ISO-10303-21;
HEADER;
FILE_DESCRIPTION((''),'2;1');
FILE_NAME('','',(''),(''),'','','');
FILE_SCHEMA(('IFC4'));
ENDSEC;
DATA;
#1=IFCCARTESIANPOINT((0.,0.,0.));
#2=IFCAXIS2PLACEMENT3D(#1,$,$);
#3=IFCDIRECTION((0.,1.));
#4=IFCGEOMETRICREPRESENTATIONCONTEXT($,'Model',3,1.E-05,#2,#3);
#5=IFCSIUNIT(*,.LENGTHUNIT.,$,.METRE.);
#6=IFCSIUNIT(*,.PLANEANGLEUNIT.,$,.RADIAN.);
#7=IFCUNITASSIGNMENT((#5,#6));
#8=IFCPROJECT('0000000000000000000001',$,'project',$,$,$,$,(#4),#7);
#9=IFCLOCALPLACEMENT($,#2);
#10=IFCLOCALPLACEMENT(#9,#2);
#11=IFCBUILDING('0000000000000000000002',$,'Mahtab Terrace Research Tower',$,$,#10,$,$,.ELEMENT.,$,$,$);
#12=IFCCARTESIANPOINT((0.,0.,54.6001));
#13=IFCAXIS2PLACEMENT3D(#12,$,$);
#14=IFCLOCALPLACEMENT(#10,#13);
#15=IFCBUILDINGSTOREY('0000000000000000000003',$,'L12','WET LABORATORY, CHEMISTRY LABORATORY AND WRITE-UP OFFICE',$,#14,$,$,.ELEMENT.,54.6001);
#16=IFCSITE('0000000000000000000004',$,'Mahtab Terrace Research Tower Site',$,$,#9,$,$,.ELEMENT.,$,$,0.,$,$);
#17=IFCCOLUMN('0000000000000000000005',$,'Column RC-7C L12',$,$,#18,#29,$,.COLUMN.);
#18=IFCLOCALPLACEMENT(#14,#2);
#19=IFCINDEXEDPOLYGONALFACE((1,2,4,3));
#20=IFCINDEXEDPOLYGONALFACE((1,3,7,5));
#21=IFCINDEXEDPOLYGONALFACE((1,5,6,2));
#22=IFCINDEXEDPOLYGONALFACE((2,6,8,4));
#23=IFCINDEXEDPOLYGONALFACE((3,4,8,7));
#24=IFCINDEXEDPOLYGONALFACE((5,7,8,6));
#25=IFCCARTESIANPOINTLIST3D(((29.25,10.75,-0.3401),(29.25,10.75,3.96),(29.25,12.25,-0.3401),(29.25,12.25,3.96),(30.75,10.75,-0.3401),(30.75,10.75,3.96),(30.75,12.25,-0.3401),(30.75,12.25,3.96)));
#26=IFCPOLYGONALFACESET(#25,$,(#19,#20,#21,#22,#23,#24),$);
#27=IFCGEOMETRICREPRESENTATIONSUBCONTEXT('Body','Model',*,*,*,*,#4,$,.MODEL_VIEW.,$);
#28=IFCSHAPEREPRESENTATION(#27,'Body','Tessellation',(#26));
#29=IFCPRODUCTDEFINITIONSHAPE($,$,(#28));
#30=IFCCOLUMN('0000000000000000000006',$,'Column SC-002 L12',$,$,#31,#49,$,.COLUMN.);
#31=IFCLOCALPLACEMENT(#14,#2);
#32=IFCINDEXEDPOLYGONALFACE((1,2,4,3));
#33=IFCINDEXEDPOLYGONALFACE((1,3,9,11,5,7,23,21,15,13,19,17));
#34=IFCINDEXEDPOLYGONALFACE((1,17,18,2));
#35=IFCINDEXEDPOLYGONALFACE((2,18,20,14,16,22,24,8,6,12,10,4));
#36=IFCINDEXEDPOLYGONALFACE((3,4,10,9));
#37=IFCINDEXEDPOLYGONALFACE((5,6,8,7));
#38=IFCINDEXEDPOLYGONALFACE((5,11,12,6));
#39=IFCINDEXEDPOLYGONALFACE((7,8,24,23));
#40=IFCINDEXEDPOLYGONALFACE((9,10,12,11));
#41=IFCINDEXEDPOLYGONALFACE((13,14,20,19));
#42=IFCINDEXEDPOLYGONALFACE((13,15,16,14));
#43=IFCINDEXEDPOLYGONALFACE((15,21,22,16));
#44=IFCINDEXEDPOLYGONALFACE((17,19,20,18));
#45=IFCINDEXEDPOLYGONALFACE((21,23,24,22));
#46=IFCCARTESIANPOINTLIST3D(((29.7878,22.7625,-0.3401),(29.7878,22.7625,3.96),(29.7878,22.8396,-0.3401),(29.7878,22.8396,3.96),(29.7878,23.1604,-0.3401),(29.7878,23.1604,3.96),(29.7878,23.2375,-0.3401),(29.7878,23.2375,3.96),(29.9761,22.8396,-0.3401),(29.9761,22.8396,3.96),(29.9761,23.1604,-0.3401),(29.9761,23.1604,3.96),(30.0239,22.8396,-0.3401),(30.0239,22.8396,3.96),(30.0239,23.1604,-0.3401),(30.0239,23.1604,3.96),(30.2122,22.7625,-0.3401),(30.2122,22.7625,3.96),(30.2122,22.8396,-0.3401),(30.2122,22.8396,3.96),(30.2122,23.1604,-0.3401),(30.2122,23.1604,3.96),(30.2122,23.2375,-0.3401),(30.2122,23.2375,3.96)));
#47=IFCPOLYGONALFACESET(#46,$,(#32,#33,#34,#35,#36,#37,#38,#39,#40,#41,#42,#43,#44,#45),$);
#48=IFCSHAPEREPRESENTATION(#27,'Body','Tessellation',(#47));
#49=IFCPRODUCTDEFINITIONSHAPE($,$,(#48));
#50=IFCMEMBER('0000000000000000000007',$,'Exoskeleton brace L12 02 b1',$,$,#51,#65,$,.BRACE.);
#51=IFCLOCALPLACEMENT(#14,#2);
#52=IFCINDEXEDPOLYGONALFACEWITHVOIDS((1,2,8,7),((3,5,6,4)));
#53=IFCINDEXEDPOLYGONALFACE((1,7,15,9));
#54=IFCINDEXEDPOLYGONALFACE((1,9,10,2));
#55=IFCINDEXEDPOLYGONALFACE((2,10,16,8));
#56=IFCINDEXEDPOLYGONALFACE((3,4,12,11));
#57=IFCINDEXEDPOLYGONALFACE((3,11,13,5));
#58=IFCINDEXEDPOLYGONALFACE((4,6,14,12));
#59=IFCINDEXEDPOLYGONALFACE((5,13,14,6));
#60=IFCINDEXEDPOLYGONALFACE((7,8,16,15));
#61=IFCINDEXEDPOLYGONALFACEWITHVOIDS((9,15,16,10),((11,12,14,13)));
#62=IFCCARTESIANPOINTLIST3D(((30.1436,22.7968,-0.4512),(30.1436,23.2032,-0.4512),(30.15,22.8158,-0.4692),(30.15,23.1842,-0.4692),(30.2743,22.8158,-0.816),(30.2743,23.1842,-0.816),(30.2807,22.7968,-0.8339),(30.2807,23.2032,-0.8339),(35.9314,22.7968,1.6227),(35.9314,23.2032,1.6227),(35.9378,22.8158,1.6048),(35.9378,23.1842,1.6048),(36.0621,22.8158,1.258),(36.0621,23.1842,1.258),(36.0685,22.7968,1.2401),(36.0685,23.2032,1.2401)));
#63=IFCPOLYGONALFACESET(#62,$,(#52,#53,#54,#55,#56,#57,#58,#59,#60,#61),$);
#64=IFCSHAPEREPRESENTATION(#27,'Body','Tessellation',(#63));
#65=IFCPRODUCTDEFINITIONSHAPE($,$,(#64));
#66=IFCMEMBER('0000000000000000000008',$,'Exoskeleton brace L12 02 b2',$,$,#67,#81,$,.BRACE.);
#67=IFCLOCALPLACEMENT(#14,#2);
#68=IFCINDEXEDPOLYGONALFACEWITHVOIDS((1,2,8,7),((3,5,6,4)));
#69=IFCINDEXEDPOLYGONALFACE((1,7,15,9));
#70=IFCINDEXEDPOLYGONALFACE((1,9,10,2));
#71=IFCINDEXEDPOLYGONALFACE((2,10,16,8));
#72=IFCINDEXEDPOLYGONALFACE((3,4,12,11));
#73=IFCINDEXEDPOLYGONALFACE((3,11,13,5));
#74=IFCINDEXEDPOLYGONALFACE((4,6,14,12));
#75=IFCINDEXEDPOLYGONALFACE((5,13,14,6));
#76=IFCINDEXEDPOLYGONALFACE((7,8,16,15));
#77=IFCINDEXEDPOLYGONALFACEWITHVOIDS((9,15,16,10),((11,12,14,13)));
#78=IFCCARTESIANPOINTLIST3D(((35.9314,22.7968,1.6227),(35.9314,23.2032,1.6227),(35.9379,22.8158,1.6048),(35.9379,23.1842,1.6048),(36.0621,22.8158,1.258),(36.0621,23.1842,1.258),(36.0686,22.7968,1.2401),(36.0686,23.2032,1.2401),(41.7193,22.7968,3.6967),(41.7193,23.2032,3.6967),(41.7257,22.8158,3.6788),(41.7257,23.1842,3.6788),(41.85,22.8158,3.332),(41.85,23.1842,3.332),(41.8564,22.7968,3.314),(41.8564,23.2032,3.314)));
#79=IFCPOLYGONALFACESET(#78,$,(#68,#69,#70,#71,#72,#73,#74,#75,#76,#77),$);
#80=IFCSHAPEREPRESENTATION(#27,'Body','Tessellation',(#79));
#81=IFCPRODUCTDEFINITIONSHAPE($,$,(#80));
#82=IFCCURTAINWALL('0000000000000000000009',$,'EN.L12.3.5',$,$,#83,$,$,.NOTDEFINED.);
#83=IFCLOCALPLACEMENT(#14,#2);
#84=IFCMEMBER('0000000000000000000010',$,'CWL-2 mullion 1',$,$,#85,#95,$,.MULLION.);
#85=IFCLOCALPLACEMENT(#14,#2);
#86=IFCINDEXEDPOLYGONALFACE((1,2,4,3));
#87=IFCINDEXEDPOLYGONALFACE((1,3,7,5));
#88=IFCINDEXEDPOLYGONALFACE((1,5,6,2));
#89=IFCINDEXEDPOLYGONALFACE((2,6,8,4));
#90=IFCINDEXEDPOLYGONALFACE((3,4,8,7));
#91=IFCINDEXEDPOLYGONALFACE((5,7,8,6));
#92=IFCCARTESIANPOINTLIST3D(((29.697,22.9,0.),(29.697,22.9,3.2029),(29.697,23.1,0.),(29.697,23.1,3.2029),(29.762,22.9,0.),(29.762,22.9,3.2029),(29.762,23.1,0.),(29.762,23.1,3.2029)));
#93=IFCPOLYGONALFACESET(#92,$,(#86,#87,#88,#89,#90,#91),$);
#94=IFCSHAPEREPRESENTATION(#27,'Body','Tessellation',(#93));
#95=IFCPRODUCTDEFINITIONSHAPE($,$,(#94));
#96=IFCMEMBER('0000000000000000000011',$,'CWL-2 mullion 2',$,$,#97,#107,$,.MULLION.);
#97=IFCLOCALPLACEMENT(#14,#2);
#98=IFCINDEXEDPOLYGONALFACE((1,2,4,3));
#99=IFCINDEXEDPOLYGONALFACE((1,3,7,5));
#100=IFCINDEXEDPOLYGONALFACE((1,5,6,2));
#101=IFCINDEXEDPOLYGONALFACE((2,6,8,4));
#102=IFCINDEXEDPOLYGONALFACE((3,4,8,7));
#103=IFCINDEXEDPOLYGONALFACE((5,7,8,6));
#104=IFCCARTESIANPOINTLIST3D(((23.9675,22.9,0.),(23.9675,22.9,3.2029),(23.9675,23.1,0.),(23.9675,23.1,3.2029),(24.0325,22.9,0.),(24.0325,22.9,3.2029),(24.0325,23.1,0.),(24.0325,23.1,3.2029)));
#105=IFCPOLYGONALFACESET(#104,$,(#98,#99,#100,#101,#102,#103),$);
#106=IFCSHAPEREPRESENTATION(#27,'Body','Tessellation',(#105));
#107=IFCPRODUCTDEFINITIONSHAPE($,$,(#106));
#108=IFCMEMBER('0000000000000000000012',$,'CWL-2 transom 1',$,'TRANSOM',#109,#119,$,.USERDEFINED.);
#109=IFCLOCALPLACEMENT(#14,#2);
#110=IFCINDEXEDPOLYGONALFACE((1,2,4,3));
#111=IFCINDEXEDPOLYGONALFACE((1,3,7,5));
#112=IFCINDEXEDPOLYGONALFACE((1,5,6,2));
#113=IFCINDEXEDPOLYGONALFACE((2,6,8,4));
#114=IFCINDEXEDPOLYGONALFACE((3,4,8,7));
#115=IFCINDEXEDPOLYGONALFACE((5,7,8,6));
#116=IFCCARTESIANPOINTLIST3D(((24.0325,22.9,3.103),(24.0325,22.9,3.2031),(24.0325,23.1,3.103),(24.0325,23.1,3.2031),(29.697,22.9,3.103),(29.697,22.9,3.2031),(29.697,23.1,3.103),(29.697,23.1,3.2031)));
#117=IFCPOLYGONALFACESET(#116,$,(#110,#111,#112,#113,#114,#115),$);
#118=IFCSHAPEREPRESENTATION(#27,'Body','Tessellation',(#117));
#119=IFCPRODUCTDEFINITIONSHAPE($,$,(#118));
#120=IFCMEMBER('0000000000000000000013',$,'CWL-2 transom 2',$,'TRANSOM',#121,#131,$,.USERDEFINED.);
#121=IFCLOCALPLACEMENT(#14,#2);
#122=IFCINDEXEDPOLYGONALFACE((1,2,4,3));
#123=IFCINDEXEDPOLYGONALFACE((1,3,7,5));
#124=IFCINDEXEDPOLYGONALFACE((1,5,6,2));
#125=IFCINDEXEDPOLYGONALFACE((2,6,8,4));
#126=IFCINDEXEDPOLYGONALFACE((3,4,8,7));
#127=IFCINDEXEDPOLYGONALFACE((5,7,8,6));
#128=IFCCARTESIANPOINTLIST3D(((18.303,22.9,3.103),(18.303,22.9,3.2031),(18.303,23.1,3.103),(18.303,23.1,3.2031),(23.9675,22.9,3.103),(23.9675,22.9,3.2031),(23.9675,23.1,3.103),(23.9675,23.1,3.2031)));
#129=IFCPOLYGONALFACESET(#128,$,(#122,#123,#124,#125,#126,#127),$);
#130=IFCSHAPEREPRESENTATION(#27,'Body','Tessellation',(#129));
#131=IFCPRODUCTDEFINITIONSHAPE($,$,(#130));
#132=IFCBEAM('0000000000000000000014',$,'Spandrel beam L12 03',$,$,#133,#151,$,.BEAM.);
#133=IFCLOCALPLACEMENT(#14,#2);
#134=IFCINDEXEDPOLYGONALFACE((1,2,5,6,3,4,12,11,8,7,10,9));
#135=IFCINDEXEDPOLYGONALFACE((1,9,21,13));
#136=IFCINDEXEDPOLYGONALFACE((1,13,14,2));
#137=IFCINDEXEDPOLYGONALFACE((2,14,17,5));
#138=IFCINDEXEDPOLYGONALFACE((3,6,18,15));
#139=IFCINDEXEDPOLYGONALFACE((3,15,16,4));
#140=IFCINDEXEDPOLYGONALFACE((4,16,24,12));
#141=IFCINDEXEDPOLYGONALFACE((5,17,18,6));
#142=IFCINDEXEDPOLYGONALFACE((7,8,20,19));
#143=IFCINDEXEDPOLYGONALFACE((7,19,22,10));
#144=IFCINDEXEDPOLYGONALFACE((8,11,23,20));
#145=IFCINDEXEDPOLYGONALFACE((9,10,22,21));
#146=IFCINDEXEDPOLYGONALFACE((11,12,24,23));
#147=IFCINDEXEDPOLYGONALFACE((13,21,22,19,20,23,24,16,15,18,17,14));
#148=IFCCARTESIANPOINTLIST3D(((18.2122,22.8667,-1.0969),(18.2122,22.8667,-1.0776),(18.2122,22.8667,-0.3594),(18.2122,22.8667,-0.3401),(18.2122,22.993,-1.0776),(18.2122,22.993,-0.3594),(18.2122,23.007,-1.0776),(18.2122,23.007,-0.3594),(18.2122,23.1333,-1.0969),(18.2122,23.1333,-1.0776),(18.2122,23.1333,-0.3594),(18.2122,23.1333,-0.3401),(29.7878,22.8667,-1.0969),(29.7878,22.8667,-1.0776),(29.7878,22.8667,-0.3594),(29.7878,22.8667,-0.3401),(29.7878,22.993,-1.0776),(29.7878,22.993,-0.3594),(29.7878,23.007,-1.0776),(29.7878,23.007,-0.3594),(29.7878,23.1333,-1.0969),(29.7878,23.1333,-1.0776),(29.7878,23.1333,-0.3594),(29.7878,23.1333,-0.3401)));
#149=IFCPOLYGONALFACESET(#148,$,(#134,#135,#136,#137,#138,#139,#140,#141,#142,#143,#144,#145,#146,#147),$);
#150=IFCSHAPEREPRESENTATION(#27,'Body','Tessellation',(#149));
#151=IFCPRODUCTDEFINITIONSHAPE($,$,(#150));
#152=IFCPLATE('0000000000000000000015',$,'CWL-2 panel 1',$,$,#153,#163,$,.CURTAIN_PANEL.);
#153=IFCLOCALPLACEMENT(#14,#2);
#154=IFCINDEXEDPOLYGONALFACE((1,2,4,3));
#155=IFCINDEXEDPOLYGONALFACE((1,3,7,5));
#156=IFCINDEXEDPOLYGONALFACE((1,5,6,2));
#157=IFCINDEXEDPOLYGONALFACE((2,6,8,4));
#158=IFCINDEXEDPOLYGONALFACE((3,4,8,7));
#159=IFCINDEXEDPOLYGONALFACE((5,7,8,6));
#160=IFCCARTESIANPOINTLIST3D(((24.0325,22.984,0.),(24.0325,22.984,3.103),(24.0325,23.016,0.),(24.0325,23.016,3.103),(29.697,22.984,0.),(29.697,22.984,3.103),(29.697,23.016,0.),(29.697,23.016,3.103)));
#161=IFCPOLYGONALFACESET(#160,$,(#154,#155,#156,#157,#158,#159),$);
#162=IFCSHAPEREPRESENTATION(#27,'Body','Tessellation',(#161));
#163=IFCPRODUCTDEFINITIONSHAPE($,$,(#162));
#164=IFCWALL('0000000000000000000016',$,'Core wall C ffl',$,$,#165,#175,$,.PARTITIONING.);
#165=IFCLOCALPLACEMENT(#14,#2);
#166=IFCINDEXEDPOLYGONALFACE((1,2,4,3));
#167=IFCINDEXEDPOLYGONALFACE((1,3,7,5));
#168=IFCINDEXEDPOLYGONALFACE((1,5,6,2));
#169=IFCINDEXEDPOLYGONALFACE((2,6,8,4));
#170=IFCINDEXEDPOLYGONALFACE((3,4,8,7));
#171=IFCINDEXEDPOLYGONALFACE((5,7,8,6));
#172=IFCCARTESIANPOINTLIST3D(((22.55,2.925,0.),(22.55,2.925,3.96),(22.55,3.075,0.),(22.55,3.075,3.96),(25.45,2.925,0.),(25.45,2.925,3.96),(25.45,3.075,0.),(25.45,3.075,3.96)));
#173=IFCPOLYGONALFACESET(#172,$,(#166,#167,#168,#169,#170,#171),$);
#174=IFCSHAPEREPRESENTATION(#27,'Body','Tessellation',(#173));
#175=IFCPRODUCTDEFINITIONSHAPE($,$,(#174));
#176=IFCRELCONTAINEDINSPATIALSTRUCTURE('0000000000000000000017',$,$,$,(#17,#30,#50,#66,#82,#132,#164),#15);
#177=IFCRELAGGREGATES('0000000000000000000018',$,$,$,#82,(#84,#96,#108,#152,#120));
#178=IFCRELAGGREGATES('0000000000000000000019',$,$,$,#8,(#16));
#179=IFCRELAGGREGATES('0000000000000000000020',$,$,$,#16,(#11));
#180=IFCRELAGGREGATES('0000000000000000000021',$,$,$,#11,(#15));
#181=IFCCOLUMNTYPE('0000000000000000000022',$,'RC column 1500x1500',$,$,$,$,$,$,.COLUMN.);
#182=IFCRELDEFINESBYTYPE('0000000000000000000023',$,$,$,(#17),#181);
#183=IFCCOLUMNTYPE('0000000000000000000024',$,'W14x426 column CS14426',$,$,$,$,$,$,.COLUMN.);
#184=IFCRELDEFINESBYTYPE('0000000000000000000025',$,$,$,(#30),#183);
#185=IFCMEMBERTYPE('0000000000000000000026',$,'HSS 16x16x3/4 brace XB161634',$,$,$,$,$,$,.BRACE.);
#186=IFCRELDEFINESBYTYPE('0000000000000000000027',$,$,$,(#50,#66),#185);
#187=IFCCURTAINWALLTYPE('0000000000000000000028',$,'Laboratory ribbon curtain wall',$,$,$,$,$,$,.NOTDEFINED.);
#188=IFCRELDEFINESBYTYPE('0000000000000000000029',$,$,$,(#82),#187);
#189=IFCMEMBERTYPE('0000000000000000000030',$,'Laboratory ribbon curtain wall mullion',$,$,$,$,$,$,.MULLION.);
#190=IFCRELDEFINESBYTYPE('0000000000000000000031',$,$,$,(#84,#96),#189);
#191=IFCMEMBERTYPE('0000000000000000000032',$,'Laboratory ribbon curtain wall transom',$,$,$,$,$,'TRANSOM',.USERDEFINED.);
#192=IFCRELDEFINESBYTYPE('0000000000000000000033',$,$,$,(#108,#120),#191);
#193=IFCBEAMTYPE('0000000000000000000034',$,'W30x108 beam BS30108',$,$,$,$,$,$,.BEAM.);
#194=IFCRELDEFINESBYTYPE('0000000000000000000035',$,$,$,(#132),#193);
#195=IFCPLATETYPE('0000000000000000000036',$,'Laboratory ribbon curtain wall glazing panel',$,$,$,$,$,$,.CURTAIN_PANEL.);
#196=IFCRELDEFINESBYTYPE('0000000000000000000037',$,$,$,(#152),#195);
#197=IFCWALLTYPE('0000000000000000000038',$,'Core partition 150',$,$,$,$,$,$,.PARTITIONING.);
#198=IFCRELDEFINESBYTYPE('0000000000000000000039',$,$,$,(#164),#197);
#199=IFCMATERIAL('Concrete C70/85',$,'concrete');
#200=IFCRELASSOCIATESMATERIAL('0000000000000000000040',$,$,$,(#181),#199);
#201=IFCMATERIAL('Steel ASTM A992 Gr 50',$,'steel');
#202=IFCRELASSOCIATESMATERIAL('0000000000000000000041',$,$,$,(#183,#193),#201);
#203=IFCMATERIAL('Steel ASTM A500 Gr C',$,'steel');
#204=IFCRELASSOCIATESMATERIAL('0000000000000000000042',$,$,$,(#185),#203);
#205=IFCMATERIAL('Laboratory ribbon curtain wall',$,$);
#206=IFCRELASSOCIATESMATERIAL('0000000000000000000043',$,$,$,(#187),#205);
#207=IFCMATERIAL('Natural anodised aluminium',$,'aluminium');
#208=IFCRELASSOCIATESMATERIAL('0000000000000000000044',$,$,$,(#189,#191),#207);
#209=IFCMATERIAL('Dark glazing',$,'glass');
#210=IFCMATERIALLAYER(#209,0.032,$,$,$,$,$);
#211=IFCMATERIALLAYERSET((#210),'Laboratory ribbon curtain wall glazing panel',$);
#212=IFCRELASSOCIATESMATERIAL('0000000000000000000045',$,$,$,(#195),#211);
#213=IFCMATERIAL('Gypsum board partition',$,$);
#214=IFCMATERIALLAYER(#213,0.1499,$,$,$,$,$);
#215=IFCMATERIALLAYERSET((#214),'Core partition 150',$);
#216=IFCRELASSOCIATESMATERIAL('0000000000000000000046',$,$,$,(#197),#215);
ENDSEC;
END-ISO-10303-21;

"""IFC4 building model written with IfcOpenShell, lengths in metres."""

from ifc_helpers import new_model, si_unit, direction, frame, frame_2d, origin, origin_2d, place, context, subcontext, project, spatial, rectangle, hollow_rectangle, i_section, extrude, material, layer, layer_set, material_profile, profile_set, type_object, element, aggregate, save


model = new_model("IFC4")

# Units and contexts
model_context = context("Model", 3, precision=1e-05, world=origin(), true_north=direction((0.0, 1.0)))
body_context = subcontext(model_context, "Body", "Model", "MODEL_VIEW")
ifc_project = project(units=[si_unit("LENGTHUNIT", "METRE"), si_unit("PLANEANGLEUNIT", "RADIAN")], contexts=[model_context])

# Site, building, storey
site_placement = place(None, origin())
site = spatial("IfcSite", under=ifc_project, at=site_placement, Name="Mahtab Terrace Research Tower Site", CompositionType="ELEMENT", RefElevation=0.0)
building_placement = place(site_placement, origin())
building = spatial("IfcBuilding", under=site, at=building_placement, Name="Mahtab Terrace Research Tower", CompositionType="ELEMENT")
storey_placement = place(building_placement, frame((0.0, 0.0, 54.6001)))
storey = spatial("IfcBuildingStorey", under=building, at=storey_placement, Name="L12", Description="WET LABORATORY, CHEMISTRY LABORATORY AND WRITE-UP OFFICE", CompositionType="ELEMENT", Elevation=54.6001)

# Columns
ifc_material_1 = material(Name="Concrete C70/85", Category="concrete")
ifc_material_profile_1 = material_profile(ifc_material_1, rectangle(XDim=1.5, YDim=1.5, at=origin_2d()), Name="RC column 1500x1500")
ifc_profile_set_1 = profile_set([ifc_material_profile_1], Name="Concrete C70/85")
column_type_1 = type_object("IfcColumnType", Name="RC column 1500x1500", PredefinedType="COLUMN", material=ifc_profile_set_1)
column_1_placement = place(storey_placement, frame((30.0, 11.5, -0.3401), z_axis=(0.0, 0.0, 1.0), x_axis=(1.0, 0.0, 0.0)))
element("IfcColumn", 1, at=column_1_placement, inside=storey, type_object=column_type_1, Name="Column RC-7C L12", PredefinedType="COLUMN", context=body_context, shape_type="SweptSolid", body=[
    extrude(rectangle(XDim=1.5, YDim=1.5, at=origin_2d()), origin(), (0.0, 0.0, 1.0), 4.3),
])
ifc_material_2 = material(Name="Steel ASTM A992 Gr 50", Category="steel")
ifc_material_profile_2 = material_profile(ifc_material_2, i_section(OverallWidth=0.4243, OverallDepth=0.4751, WebThickness=0.0479, FlangeThickness=0.0771, at=origin_2d()), Name="W14X426")
ifc_profile_set_2 = profile_set([ifc_material_profile_2], Name="Steel ASTM A992 Gr 50")
column_type_2 = type_object("IfcColumnType", Name="W14x426 column CS14426", PredefinedType="COLUMN", material=ifc_profile_set_2)
column_2_placement = place(storey_placement, frame((30.0, 23.0, -0.3401), z_axis=(0.0, 0.0, 1.0), x_axis=(1.0, 0.0, 0.0)))
element("IfcColumn", 2, at=column_2_placement, inside=storey, type_object=column_type_2, Name="Column SC-002 L12", PredefinedType="COLUMN", context=body_context, shape_type="SweptSolid", body=[
    extrude(i_section(OverallWidth=0.4243, OverallDepth=0.4751, WebThickness=0.0479, FlangeThickness=0.0771, at=origin_2d()), origin(), (0.0, 0.0, 1.0), 4.3),
])

# Members
ifc_material_3 = material(Name="Steel ASTM A500 Gr C", Category="steel")
ifc_material_profile_3 = material_profile(ifc_material_3, hollow_rectangle(XDim=0.4065, YDim=0.4065, WallThickness=0.019, at=origin_2d()), Name="HSS16X16X3/4")
ifc_profile_set_3 = profile_set([ifc_material_profile_3], Name="Steel ASTM A500 Gr C")
member_type_1 = type_object("IfcMemberType", Name="HSS 16x16x3/4 brace XB161634", PredefinedType="BRACE", material=ifc_profile_set_3)
for number, where, z_axis, x_axis, name in (
    (3, (30.2122, 23.0, -0.6426), (0.941387, 0.0, 0.33733), (0.0, 1.0, 0.0), "Exoskeleton brace L12 02 b1"),
    (4, (36.0, 23.0, 1.4314), (0.941387, 0.0, 0.33733), (0.0, 1.0, 0.0), "Exoskeleton brace L12 02 b2"),
):
    element("IfcMember", number, at=place(storey_placement, frame(where, z_axis=z_axis, x_axis=x_axis)), inside=storey, type_object=member_type_1, Name=name, PredefinedType="BRACE", context=body_context, shape_type="SweptSolid", body=[
        extrude(hollow_rectangle(XDim=0.4065, YDim=0.4065, WallThickness=0.019, at=origin_2d()), origin(), (0.0, 0.0, 1.0), 6.1482),
    ])

# Curtain wall, members
ifc_material_4 = material(Name="Laboratory ribbon curtain wall")
curtain_wall_type = type_object("IfcCurtainWallType", Name="Laboratory ribbon curtain wall", PredefinedType="NOTDEFINED", material=ifc_material_4)
curtain_wall_placement = place(storey_placement, origin())
curtain_wall = element("IfcCurtainWall", 5, at=curtain_wall_placement, inside=storey, type_object=curtain_wall_type, Name="EN.L12.3.5", PredefinedType="NOTDEFINED")
ifc_material_5 = material(Name="Natural anodised aluminium", Category="aluminium")
ifc_material_profile_4 = material_profile(ifc_material_5, rectangle(XDim=0.2, YDim=0.0649, at=origin_2d()), Name="MULLION 65x200")
ifc_profile_set_4 = profile_set([ifc_material_profile_4], Name="Natural anodised aluminium")
member_type_2 = type_object("IfcMemberType", Name="Laboratory ribbon curtain wall mullion", PredefinedType="MULLION", material=ifc_profile_set_4)
member_1_placement = place(storey_placement, frame((29.7295, 23.0, 0.0), z_axis=(0.0, 0.0, 1.0), x_axis=(0.0, -1.0, 0.0)))
member_1 = element("IfcMember", 6, at=member_1_placement, type_object=member_type_2, Name="CWL-2 mullion 1", PredefinedType="MULLION", context=body_context, shape_type="SweptSolid", body=[
    extrude(rectangle(XDim=0.2, YDim=0.0649, at=origin_2d()), origin(), (0.0, 0.0, 1.0), 3.2029),
])
member_2_placement = place(storey_placement, frame((24.0, 23.0, 0.0), z_axis=(0.0, 0.0, 1.0), x_axis=(0.0, -1.0, 0.0)))
member_2 = element("IfcMember", 7, at=member_2_placement, type_object=member_type_2, Name="CWL-2 mullion 2", PredefinedType="MULLION", context=body_context, shape_type="SweptSolid", body=[
    extrude(rectangle(XDim=0.2, YDim=0.0649, at=origin_2d()), origin(), (0.0, 0.0, 1.0), 3.2029),
])
ifc_material_profile_5 = material_profile(ifc_material_5, rectangle(XDim=0.2, YDim=0.1001, at=origin_2d()), Name="TRANSOM 100x200")
ifc_profile_set_5 = profile_set([ifc_material_profile_5], Name="Natural anodised aluminium")
member_type_3 = type_object("IfcMemberType", Name="Laboratory ribbon curtain wall transom", ElementType="TRANSOM", PredefinedType="USERDEFINED", material=ifc_profile_set_5)
member_3_placement = place(storey_placement, frame((29.697, 23.0, 3.1531), z_axis=(-1.0, 0.0, 0.0), x_axis=(0.0, -1.0, 0.0)))
member_3 = element("IfcMember", 8, at=member_3_placement, type_object=member_type_3, Name="CWL-2 transom 1", ObjectType="TRANSOM", PredefinedType="USERDEFINED", context=body_context, shape_type="SweptSolid", body=[
    extrude(rectangle(XDim=0.2, YDim=0.1001, at=origin_2d()), origin(), (0.0, 0.0, 1.0), 5.6646),
])
member_4_placement = place(storey_placement, frame((23.9675, 23.0, 3.1531), z_axis=(-1.0, 0.0, 0.0), x_axis=(0.0, -1.0, 0.0)))
member_4 = element("IfcMember", 9, at=member_4_placement, type_object=member_type_3, Name="CWL-2 transom 2", ObjectType="TRANSOM", PredefinedType="USERDEFINED", context=body_context, shape_type="SweptSolid", body=[
    extrude(rectangle(XDim=0.2, YDim=0.1001, at=origin_2d()), origin(), (0.0, 0.0, 1.0), 5.6646),
])

# Beam
ifc_material_profile_6 = material_profile(ifc_material_2, i_section(OverallWidth=0.2666, OverallDepth=0.7568, WebThickness=0.0139, FlangeThickness=0.0193, at=origin_2d()), Name="W30X108")
ifc_profile_set_6 = profile_set([ifc_material_profile_6], Name="Steel ASTM A992 Gr 50")
beam_type = type_object("IfcBeamType", Name="W30x108 beam BS30108", PredefinedType="BEAM", material=ifc_profile_set_6)
beam_placement = place(storey_placement, frame((29.7878, 23.0, -0.7185), z_axis=(-1.0, 0.0, 0.0), x_axis=(0.0, -1.0, 0.0)))
element("IfcBeam", 10, at=beam_placement, inside=storey, type_object=beam_type, Name="Spandrel beam L12 03", PredefinedType="BEAM", context=body_context, shape_type="SweptSolid", body=[
    extrude(i_section(OverallWidth=0.2666, OverallDepth=0.7568, WebThickness=0.0139, FlangeThickness=0.0193, at=origin_2d()), origin(), (0.0, 0.0, 1.0), 11.5757),
])

# Plate
ifc_material_6 = material(Name="Dark glazing", Category="glass")
ifc_layer_1 = layer(ifc_material_6, 0.032)
ifc_layer_set_1 = layer_set([ifc_layer_1], Name="Laboratory ribbon curtain wall glazing panel")
plate_type = type_object("IfcPlateType", Name="Laboratory ribbon curtain wall glazing panel", PredefinedType="CURTAIN_PANEL", material=ifc_layer_set_1)
plate_placement = place(storey_placement, frame((26.8647, 23.0, 0.0), z_axis=(0.0, 0.0, 1.0), x_axis=(-1.0, 0.0, 0.0)))
plate = element("IfcPlate", 11, at=plate_placement, type_object=plate_type, Name="CWL-2 panel 1", PredefinedType="CURTAIN_PANEL", context=body_context, shape_type="SweptSolid", body=[
    extrude(rectangle(XDim=5.6646, YDim=0.032, at=origin_2d()), origin(), (0.0, 0.0, 1.0), 3.103),
])
aggregate(curtain_wall, [member_1, member_2, member_3, plate, member_4])

# Wall
ifc_material_7 = material(Name="Gypsum board partition")
ifc_layer_2 = layer(ifc_material_7, 0.1499)
ifc_layer_set_2 = layer_set([ifc_layer_2], Name="Core partition 150")
wall_type_1 = type_object("IfcWallType", Name="Core partition 150", PredefinedType="PARTITIONING", material=ifc_layer_set_2)
wall_1_placement = place(storey_placement, frame((22.55, 3.0, 0.0), z_axis=(0.0, 0.0, 1.0), x_axis=(1.0, 0.0, 0.0)))
element("IfcWall", 12, at=wall_1_placement, inside=storey, type_object=wall_type_1, Name="Core wall C ffl", PredefinedType="PARTITIONING", context=body_context, shape_type="SweptSolid", body=[
    extrude(rectangle(XDim=2.8999, YDim=0.1499, at=frame_2d((1.45, 0.0))), origin(), (0.0, 0.0, 1.0), 3.96),
])

save(model, "model.ifc")
